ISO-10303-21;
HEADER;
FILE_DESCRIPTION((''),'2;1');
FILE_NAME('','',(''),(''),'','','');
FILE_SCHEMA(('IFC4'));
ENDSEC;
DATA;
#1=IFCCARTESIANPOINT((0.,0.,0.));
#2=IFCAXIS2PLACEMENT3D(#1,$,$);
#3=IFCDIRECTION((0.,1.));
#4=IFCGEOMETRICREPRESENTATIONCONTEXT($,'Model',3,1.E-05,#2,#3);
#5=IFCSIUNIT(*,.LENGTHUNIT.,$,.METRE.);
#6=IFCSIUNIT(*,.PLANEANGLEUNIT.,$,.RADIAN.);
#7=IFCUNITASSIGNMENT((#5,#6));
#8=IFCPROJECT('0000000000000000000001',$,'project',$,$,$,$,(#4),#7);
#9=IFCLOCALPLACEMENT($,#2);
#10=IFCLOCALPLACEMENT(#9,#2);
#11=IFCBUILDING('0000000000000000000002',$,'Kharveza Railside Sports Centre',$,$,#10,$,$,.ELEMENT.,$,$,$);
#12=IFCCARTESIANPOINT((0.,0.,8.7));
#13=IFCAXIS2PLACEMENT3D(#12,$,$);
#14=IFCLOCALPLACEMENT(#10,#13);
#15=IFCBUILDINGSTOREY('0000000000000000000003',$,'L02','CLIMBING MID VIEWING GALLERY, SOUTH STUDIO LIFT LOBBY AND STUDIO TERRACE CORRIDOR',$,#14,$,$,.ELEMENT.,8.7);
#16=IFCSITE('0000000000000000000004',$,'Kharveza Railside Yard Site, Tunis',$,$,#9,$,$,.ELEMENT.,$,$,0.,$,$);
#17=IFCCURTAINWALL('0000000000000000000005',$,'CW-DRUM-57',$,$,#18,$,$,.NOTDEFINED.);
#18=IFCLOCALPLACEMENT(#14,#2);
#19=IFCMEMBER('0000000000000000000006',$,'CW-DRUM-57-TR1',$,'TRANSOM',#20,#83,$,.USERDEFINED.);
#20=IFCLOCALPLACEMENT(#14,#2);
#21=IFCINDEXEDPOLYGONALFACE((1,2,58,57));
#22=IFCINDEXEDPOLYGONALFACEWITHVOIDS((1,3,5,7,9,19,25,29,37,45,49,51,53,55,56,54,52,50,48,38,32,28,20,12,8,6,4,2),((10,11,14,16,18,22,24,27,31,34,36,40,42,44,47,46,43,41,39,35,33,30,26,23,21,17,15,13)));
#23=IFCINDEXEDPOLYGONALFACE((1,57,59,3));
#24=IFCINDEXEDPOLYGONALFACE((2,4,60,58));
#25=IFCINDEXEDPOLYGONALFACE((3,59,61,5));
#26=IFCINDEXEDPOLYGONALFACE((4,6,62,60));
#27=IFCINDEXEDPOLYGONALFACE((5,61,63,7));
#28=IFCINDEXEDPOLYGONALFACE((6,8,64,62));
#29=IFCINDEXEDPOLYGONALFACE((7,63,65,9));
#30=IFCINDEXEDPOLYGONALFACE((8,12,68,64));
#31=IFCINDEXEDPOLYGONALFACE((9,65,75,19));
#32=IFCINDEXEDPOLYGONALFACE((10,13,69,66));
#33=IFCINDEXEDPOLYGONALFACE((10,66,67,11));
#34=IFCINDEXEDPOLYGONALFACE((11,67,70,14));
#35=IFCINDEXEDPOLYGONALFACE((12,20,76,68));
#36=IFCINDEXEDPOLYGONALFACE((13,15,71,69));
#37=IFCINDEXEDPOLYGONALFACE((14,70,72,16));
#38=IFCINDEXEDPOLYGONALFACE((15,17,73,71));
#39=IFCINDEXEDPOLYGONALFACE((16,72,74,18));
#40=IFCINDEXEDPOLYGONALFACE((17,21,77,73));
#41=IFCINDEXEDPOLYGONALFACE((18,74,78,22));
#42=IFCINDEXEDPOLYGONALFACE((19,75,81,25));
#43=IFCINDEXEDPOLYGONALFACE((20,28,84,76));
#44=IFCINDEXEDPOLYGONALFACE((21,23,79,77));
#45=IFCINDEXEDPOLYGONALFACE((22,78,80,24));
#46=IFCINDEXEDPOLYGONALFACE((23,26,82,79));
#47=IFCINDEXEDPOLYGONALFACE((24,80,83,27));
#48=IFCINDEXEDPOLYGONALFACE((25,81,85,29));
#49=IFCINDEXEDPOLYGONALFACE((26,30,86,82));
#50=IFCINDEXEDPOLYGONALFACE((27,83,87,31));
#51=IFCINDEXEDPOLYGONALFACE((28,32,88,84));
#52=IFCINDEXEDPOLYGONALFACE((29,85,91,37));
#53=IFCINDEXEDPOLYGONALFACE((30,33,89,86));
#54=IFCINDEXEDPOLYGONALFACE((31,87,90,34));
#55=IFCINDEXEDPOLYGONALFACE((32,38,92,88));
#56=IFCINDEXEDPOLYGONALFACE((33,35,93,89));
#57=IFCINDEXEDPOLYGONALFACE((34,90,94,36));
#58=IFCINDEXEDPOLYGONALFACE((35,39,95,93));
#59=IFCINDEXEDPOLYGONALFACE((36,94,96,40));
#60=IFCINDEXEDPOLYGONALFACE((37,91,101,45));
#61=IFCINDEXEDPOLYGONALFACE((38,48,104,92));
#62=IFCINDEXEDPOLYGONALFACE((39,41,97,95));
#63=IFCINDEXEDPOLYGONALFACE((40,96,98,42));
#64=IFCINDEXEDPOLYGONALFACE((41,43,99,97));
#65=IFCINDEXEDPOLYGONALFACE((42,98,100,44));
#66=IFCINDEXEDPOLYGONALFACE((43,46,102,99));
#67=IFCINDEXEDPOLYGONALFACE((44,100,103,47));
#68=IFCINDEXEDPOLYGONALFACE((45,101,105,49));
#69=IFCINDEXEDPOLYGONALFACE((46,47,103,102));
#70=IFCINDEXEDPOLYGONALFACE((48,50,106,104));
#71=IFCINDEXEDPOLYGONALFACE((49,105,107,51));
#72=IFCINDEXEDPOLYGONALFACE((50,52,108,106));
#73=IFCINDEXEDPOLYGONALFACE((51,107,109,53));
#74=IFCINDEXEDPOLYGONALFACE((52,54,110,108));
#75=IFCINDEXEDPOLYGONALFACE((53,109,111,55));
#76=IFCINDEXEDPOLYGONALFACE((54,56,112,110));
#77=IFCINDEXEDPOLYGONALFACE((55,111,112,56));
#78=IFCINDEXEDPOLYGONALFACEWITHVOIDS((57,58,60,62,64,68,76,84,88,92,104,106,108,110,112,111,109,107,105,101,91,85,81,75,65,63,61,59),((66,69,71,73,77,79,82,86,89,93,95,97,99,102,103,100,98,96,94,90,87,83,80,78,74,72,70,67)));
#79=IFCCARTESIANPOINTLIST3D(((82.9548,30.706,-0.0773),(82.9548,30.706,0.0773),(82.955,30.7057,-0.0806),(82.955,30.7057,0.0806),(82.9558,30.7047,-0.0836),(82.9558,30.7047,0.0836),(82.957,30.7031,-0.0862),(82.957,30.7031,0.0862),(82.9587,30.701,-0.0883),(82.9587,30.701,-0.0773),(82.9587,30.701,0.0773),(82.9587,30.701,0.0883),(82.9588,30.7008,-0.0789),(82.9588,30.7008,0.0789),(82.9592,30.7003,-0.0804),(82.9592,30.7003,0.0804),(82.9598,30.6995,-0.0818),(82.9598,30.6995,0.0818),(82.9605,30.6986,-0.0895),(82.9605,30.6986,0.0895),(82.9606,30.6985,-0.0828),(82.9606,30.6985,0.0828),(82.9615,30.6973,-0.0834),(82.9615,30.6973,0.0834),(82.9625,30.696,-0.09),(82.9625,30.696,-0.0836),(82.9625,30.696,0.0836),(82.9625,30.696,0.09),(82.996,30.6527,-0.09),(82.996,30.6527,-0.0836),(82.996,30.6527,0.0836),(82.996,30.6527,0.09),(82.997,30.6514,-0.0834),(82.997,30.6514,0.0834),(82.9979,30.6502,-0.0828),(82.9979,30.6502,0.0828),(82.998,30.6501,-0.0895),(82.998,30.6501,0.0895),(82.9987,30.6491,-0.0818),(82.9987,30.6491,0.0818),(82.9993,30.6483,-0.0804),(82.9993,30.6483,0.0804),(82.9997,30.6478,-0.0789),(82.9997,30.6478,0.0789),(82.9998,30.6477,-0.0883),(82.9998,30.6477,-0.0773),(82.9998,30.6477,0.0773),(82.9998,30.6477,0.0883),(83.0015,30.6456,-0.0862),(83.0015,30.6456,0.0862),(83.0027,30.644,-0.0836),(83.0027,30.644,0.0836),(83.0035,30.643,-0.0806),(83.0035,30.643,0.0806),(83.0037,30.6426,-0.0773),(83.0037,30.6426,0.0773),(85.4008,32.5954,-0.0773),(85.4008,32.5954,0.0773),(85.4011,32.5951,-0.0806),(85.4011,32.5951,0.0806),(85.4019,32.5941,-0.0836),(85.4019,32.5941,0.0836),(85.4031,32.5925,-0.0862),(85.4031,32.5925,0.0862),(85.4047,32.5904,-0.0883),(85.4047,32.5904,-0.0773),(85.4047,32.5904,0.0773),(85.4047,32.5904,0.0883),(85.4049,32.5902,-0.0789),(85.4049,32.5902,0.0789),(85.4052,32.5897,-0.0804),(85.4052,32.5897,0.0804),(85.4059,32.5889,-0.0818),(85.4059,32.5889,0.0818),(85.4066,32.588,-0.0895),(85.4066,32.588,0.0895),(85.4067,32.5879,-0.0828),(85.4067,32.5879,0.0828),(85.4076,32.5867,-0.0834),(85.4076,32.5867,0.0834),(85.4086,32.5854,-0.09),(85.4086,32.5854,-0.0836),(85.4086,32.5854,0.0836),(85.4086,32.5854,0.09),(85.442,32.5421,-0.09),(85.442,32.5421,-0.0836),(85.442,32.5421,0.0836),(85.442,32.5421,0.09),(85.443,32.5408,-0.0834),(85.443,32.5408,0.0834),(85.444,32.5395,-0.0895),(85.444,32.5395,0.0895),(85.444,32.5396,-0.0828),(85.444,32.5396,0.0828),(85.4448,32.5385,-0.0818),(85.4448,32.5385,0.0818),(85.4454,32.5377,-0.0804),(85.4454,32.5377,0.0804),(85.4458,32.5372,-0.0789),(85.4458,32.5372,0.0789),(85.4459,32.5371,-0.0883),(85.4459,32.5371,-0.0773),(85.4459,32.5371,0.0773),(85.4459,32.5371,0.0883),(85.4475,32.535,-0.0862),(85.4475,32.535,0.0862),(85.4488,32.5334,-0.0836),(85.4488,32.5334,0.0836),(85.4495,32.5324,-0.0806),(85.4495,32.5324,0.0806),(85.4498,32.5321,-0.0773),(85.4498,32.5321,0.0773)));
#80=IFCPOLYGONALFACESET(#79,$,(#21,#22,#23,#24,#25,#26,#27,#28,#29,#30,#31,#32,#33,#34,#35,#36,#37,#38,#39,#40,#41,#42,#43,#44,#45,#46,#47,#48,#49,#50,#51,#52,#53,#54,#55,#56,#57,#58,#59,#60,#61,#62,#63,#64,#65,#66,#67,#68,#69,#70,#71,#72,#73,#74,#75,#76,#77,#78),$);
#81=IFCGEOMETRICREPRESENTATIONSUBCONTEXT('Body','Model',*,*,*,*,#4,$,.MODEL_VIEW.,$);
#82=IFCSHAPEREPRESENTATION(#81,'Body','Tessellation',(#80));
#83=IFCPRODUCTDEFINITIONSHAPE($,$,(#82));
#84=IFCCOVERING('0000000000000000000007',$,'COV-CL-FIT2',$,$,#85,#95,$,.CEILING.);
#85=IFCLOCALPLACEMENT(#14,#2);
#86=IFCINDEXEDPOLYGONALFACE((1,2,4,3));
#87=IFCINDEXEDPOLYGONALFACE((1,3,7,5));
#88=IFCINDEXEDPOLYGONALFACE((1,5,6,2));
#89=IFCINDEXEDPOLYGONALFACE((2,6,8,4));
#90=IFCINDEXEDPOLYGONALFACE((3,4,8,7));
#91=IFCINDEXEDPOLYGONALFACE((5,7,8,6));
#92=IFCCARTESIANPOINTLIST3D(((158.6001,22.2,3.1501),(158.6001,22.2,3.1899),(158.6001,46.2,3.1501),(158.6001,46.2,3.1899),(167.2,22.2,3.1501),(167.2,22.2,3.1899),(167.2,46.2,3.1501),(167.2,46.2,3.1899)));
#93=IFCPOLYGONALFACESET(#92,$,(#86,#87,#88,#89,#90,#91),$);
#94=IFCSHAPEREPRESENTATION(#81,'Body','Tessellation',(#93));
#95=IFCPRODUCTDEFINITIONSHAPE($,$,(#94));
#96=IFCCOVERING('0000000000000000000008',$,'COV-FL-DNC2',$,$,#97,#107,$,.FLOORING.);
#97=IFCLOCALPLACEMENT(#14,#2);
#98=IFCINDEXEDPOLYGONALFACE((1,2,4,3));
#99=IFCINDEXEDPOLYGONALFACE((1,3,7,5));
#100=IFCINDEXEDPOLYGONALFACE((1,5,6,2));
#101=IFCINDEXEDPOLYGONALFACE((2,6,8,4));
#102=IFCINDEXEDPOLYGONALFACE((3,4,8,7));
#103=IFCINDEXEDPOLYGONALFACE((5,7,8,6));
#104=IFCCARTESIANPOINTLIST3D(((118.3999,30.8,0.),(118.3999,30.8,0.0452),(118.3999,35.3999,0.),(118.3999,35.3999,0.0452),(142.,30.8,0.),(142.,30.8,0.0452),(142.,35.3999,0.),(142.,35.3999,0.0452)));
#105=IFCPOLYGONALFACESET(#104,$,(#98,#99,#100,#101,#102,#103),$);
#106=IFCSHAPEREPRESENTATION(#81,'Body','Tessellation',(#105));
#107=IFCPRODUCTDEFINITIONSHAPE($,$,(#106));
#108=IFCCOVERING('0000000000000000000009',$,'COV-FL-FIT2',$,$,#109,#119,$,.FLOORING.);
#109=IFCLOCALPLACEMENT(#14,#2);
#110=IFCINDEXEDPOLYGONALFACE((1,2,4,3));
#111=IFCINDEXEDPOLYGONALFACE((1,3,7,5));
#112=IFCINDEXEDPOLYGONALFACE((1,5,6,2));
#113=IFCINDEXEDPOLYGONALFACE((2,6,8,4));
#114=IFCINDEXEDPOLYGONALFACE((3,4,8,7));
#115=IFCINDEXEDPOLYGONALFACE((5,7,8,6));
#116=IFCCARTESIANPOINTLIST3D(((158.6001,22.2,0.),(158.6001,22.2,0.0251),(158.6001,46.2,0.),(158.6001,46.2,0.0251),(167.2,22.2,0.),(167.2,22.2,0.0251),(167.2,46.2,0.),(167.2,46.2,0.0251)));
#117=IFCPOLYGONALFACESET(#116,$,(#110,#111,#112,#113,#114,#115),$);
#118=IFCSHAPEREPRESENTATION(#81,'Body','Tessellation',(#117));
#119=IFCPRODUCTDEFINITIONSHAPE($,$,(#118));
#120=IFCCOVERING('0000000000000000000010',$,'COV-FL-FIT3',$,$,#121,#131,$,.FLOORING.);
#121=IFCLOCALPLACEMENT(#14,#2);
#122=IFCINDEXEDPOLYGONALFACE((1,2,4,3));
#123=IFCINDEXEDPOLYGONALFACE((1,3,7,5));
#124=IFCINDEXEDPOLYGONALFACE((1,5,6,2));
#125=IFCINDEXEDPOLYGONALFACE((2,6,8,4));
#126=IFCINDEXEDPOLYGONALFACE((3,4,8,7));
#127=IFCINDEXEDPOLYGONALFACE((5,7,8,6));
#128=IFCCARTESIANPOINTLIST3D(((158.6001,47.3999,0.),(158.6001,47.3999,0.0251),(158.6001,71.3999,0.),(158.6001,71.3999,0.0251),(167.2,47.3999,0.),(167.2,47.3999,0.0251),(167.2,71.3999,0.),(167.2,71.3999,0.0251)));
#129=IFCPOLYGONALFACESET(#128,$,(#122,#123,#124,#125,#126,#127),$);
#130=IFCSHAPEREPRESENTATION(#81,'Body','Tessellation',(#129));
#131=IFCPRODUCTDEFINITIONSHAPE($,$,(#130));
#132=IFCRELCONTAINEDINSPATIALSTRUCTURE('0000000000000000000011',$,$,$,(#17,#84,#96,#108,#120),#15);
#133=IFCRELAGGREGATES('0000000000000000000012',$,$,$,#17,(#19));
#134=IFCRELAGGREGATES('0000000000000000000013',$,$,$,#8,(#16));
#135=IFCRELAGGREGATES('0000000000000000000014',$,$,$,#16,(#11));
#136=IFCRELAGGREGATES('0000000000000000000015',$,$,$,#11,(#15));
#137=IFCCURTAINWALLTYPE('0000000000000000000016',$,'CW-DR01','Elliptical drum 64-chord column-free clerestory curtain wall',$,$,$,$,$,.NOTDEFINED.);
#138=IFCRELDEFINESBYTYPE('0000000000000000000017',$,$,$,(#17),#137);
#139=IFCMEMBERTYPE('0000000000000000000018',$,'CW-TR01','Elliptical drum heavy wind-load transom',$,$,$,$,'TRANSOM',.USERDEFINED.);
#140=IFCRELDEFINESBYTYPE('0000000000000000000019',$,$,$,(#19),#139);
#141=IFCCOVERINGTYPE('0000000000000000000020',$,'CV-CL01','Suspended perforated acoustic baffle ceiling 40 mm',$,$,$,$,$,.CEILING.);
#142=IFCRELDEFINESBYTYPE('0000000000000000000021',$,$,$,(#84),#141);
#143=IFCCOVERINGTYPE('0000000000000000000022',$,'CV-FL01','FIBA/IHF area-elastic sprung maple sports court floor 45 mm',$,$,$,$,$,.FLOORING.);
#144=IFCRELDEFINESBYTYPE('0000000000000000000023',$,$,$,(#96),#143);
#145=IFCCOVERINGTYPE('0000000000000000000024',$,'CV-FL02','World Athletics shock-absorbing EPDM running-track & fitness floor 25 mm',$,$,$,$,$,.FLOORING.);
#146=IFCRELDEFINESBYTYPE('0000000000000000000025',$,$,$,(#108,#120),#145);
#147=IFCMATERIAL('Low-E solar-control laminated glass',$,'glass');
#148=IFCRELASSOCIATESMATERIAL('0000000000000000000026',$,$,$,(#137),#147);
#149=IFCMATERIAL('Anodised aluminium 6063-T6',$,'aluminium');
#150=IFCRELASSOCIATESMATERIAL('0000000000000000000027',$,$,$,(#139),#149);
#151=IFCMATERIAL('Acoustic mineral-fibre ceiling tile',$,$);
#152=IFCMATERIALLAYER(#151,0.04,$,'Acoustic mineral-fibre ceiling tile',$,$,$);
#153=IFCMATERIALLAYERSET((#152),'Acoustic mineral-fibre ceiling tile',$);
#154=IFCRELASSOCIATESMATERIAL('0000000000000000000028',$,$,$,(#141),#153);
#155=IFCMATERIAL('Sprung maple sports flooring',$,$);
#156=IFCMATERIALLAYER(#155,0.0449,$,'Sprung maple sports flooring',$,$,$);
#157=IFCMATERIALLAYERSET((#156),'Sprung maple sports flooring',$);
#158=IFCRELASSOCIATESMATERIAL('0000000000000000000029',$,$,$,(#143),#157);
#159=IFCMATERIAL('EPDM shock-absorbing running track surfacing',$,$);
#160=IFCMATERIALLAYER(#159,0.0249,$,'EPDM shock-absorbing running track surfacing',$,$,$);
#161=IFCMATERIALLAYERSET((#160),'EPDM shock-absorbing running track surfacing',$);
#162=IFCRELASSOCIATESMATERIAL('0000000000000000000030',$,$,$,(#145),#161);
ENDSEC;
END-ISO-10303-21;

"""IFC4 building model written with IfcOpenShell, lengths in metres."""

from ifc_helpers import new_model, si_unit, direction, frame, origin, origin_2d, place, context, subcontext, project, spatial, polyline, hollow_rectangle, outline, extrude, material, layer, layer_set, material_profile, profile_set, type_object, element, aggregate, save


model = new_model("IFC4")

# Units and contexts
model_context = context("Model", 3, precision=1e-05, world=origin(), true_north=direction((0.0, 1.0)))
body_context = subcontext(model_context, "Body", "Model", "MODEL_VIEW")
ifc_project = project(units=[si_unit("LENGTHUNIT", "METRE"), si_unit("PLANEANGLEUNIT", "RADIAN")], contexts=[model_context])

# Site, building, storey
site_placement = place(None, origin())
site = spatial("IfcSite", under=ifc_project, at=site_placement, Name="Kharveza Railside Yard Site, Tunis", CompositionType="ELEMENT", RefElevation=0.0)
building_placement = place(site_placement, origin())
building = spatial("IfcBuilding", under=site, at=building_placement, Name="Kharveza Railside Sports Centre", CompositionType="ELEMENT")
storey_placement = place(building_placement, frame((0.0, 0.0, 8.7)))
storey = spatial("IfcBuildingStorey", under=building, at=storey_placement, Name="L02", Description="CLIMBING MID VIEWING GALLERY, SOUTH STUDIO LIFT LOBBY AND STUDIO TERRACE CORRIDOR", CompositionType="ELEMENT", Elevation=8.7)

# Curtain wall, member
ifc_material_1 = material(Name="Low-E solar-control laminated glass", Category="glass")
curtain_wall_type = type_object("IfcCurtainWallType", Name="CW-DR01", Description="Elliptical drum 64-chord column-free clerestory curtain wall", PredefinedType="NOTDEFINED", material=ifc_material_1)
curtain_wall_placement = place(storey_placement, origin())
curtain_wall = element("IfcCurtainWall", 1, at=curtain_wall_placement, inside=storey, type_object=curtain_wall_type, Name="CW-DRUM-57", PredefinedType="NOTDEFINED")
ifc_material_2 = material(Name="Anodised aluminium 6063-T6", Category="aluminium")
ifc_material_profile_1 = material_profile(ifc_material_2, hollow_rectangle(XDim=0.0801, YDim=0.1799, WallThickness=0.0063, InnerFilletRadius=0.0063, OuterFilletRadius=0.0127, at=origin_2d()), Name="RHS 80x180x6.3")
ifc_profile_set_1 = profile_set([ifc_material_profile_1], Name="Anodised aluminium 6063-T6")
member_type_1 = type_object("IfcMemberType", Name="CW-TR01", Description="Elliptical drum heavy wind-load transom", ElementType="TRANSOM", PredefinedType="USERDEFINED", material=ifc_profile_set_1)
member_1_placement = place(storey_placement, frame((82.9792, 30.6743, 0.0), z_axis=(0.791398, 0.611301, 0.0), x_axis=(-0.611301, 0.791398, 0.0)))
member_1 = element("IfcMember", 2, at=member_1_placement, type_object=member_type_1, Name="CW-DRUM-57-TR1", ObjectType="TRANSOM", PredefinedType="USERDEFINED", context=body_context, shape_type="SweptSolid", body=[
    extrude(hollow_rectangle(XDim=0.0801, YDim=0.1799, WallThickness=0.0063, InnerFilletRadius=0.0063, OuterFilletRadius=0.0127, at=origin_2d()), origin(), (0.0, 0.0, 1.0), 3.0908),
])
aggregate(curtain_wall, [member_1])

# Coverings
ifc_material_3 = material(Name="Acoustic mineral-fibre ceiling tile")
ifc_layer_1 = layer(ifc_material_3, 0.04, Name="Acoustic mineral-fibre ceiling tile")
ifc_layer_set_1 = layer_set([ifc_layer_1], Name="Acoustic mineral-fibre ceiling tile")
covering_type_1 = type_object("IfcCoveringType", Name="CV-CL01", Description="Suspended perforated acoustic baffle ceiling 40 mm", PredefinedType="CEILING", material=ifc_layer_set_1)
covering_1_placement = place(storey_placement, frame((0.0, 0.0, 3.1501)))
element("IfcCovering", 3, at=covering_1_placement, inside=storey, type_object=covering_type_1, Name="COV-CL-FIT2", PredefinedType="CEILING", context=body_context, shape_type="SweptSolid", body=[
    extrude(outline(polyline([(167.2, 22.2), (158.6001, 22.2), (158.6001, 46.2), (167.2, 46.2), (167.2, 22.2)])), origin(), (0.0, 0.0, 1.0), 0.0398),
])
ifc_material_4 = material(Name="Sprung maple sports flooring")
ifc_layer_2 = layer(ifc_material_4, 0.0449, Name="Sprung maple sports flooring")
ifc_layer_set_2 = layer_set([ifc_layer_2], Name="Sprung maple sports flooring")
covering_type_2 = type_object("IfcCoveringType", Name="CV-FL01", Description="FIBA/IHF area-elastic sprung maple sports court floor 45 mm", PredefinedType="FLOORING", material=ifc_layer_set_2)
covering_2_placement = place(storey_placement, origin())
element("IfcCovering", 4, at=covering_2_placement, inside=storey, type_object=covering_type_2, Name="COV-FL-DNC2", PredefinedType="FLOORING", context=body_context, shape_type="SweptSolid", body=[
    extrude(outline(polyline([(142.0, 30.8), (118.3999, 30.8), (118.3999, 35.3999), (142.0, 35.3999), (142.0, 30.8)])), origin(), (0.0, 0.0, 1.0), 0.0452),
])
ifc_material_5 = material(Name="EPDM shock-absorbing running track surfacing")
ifc_layer_3 = layer(ifc_material_5, 0.0249, Name="EPDM shock-absorbing running track surfacing")
ifc_layer_set_3 = layer_set([ifc_layer_3], Name="EPDM shock-absorbing running track surfacing")
covering_type_3 = type_object("IfcCoveringType", Name="CV-FL02", Description="World Athletics shock-absorbing EPDM running-track & fitness floor 25 mm", PredefinedType="FLOORING", material=ifc_layer_set_3)
covering_3_placement = place(storey_placement, origin())
element("IfcCovering", 5, at=covering_3_placement, inside=storey, type_object=covering_type_3, Name="COV-FL-FIT2", PredefinedType="FLOORING", context=body_context, shape_type="SweptSolid", body=[
    extrude(outline(polyline([(167.2, 22.2), (158.6001, 22.2), (158.6001, 46.2), (167.2, 46.2), (167.2, 22.2)])), origin(), (0.0, 0.0, 1.0), 0.0251),
])
covering_4_placement = place(storey_placement, origin())
element("IfcCovering", 6, at=covering_4_placement, inside=storey, type_object=covering_type_3, Name="COV-FL-FIT3", PredefinedType="FLOORING", context=body_context, shape_type="SweptSolid", body=[
    extrude(outline(polyline([(167.2, 47.3999), (158.6001, 47.3999), (158.6001, 71.3999), (167.2, 71.3999), (167.2, 47.3999)])), origin(), (0.0, 0.0, 1.0), 0.0251),
])

save(model, "model.ifc")
